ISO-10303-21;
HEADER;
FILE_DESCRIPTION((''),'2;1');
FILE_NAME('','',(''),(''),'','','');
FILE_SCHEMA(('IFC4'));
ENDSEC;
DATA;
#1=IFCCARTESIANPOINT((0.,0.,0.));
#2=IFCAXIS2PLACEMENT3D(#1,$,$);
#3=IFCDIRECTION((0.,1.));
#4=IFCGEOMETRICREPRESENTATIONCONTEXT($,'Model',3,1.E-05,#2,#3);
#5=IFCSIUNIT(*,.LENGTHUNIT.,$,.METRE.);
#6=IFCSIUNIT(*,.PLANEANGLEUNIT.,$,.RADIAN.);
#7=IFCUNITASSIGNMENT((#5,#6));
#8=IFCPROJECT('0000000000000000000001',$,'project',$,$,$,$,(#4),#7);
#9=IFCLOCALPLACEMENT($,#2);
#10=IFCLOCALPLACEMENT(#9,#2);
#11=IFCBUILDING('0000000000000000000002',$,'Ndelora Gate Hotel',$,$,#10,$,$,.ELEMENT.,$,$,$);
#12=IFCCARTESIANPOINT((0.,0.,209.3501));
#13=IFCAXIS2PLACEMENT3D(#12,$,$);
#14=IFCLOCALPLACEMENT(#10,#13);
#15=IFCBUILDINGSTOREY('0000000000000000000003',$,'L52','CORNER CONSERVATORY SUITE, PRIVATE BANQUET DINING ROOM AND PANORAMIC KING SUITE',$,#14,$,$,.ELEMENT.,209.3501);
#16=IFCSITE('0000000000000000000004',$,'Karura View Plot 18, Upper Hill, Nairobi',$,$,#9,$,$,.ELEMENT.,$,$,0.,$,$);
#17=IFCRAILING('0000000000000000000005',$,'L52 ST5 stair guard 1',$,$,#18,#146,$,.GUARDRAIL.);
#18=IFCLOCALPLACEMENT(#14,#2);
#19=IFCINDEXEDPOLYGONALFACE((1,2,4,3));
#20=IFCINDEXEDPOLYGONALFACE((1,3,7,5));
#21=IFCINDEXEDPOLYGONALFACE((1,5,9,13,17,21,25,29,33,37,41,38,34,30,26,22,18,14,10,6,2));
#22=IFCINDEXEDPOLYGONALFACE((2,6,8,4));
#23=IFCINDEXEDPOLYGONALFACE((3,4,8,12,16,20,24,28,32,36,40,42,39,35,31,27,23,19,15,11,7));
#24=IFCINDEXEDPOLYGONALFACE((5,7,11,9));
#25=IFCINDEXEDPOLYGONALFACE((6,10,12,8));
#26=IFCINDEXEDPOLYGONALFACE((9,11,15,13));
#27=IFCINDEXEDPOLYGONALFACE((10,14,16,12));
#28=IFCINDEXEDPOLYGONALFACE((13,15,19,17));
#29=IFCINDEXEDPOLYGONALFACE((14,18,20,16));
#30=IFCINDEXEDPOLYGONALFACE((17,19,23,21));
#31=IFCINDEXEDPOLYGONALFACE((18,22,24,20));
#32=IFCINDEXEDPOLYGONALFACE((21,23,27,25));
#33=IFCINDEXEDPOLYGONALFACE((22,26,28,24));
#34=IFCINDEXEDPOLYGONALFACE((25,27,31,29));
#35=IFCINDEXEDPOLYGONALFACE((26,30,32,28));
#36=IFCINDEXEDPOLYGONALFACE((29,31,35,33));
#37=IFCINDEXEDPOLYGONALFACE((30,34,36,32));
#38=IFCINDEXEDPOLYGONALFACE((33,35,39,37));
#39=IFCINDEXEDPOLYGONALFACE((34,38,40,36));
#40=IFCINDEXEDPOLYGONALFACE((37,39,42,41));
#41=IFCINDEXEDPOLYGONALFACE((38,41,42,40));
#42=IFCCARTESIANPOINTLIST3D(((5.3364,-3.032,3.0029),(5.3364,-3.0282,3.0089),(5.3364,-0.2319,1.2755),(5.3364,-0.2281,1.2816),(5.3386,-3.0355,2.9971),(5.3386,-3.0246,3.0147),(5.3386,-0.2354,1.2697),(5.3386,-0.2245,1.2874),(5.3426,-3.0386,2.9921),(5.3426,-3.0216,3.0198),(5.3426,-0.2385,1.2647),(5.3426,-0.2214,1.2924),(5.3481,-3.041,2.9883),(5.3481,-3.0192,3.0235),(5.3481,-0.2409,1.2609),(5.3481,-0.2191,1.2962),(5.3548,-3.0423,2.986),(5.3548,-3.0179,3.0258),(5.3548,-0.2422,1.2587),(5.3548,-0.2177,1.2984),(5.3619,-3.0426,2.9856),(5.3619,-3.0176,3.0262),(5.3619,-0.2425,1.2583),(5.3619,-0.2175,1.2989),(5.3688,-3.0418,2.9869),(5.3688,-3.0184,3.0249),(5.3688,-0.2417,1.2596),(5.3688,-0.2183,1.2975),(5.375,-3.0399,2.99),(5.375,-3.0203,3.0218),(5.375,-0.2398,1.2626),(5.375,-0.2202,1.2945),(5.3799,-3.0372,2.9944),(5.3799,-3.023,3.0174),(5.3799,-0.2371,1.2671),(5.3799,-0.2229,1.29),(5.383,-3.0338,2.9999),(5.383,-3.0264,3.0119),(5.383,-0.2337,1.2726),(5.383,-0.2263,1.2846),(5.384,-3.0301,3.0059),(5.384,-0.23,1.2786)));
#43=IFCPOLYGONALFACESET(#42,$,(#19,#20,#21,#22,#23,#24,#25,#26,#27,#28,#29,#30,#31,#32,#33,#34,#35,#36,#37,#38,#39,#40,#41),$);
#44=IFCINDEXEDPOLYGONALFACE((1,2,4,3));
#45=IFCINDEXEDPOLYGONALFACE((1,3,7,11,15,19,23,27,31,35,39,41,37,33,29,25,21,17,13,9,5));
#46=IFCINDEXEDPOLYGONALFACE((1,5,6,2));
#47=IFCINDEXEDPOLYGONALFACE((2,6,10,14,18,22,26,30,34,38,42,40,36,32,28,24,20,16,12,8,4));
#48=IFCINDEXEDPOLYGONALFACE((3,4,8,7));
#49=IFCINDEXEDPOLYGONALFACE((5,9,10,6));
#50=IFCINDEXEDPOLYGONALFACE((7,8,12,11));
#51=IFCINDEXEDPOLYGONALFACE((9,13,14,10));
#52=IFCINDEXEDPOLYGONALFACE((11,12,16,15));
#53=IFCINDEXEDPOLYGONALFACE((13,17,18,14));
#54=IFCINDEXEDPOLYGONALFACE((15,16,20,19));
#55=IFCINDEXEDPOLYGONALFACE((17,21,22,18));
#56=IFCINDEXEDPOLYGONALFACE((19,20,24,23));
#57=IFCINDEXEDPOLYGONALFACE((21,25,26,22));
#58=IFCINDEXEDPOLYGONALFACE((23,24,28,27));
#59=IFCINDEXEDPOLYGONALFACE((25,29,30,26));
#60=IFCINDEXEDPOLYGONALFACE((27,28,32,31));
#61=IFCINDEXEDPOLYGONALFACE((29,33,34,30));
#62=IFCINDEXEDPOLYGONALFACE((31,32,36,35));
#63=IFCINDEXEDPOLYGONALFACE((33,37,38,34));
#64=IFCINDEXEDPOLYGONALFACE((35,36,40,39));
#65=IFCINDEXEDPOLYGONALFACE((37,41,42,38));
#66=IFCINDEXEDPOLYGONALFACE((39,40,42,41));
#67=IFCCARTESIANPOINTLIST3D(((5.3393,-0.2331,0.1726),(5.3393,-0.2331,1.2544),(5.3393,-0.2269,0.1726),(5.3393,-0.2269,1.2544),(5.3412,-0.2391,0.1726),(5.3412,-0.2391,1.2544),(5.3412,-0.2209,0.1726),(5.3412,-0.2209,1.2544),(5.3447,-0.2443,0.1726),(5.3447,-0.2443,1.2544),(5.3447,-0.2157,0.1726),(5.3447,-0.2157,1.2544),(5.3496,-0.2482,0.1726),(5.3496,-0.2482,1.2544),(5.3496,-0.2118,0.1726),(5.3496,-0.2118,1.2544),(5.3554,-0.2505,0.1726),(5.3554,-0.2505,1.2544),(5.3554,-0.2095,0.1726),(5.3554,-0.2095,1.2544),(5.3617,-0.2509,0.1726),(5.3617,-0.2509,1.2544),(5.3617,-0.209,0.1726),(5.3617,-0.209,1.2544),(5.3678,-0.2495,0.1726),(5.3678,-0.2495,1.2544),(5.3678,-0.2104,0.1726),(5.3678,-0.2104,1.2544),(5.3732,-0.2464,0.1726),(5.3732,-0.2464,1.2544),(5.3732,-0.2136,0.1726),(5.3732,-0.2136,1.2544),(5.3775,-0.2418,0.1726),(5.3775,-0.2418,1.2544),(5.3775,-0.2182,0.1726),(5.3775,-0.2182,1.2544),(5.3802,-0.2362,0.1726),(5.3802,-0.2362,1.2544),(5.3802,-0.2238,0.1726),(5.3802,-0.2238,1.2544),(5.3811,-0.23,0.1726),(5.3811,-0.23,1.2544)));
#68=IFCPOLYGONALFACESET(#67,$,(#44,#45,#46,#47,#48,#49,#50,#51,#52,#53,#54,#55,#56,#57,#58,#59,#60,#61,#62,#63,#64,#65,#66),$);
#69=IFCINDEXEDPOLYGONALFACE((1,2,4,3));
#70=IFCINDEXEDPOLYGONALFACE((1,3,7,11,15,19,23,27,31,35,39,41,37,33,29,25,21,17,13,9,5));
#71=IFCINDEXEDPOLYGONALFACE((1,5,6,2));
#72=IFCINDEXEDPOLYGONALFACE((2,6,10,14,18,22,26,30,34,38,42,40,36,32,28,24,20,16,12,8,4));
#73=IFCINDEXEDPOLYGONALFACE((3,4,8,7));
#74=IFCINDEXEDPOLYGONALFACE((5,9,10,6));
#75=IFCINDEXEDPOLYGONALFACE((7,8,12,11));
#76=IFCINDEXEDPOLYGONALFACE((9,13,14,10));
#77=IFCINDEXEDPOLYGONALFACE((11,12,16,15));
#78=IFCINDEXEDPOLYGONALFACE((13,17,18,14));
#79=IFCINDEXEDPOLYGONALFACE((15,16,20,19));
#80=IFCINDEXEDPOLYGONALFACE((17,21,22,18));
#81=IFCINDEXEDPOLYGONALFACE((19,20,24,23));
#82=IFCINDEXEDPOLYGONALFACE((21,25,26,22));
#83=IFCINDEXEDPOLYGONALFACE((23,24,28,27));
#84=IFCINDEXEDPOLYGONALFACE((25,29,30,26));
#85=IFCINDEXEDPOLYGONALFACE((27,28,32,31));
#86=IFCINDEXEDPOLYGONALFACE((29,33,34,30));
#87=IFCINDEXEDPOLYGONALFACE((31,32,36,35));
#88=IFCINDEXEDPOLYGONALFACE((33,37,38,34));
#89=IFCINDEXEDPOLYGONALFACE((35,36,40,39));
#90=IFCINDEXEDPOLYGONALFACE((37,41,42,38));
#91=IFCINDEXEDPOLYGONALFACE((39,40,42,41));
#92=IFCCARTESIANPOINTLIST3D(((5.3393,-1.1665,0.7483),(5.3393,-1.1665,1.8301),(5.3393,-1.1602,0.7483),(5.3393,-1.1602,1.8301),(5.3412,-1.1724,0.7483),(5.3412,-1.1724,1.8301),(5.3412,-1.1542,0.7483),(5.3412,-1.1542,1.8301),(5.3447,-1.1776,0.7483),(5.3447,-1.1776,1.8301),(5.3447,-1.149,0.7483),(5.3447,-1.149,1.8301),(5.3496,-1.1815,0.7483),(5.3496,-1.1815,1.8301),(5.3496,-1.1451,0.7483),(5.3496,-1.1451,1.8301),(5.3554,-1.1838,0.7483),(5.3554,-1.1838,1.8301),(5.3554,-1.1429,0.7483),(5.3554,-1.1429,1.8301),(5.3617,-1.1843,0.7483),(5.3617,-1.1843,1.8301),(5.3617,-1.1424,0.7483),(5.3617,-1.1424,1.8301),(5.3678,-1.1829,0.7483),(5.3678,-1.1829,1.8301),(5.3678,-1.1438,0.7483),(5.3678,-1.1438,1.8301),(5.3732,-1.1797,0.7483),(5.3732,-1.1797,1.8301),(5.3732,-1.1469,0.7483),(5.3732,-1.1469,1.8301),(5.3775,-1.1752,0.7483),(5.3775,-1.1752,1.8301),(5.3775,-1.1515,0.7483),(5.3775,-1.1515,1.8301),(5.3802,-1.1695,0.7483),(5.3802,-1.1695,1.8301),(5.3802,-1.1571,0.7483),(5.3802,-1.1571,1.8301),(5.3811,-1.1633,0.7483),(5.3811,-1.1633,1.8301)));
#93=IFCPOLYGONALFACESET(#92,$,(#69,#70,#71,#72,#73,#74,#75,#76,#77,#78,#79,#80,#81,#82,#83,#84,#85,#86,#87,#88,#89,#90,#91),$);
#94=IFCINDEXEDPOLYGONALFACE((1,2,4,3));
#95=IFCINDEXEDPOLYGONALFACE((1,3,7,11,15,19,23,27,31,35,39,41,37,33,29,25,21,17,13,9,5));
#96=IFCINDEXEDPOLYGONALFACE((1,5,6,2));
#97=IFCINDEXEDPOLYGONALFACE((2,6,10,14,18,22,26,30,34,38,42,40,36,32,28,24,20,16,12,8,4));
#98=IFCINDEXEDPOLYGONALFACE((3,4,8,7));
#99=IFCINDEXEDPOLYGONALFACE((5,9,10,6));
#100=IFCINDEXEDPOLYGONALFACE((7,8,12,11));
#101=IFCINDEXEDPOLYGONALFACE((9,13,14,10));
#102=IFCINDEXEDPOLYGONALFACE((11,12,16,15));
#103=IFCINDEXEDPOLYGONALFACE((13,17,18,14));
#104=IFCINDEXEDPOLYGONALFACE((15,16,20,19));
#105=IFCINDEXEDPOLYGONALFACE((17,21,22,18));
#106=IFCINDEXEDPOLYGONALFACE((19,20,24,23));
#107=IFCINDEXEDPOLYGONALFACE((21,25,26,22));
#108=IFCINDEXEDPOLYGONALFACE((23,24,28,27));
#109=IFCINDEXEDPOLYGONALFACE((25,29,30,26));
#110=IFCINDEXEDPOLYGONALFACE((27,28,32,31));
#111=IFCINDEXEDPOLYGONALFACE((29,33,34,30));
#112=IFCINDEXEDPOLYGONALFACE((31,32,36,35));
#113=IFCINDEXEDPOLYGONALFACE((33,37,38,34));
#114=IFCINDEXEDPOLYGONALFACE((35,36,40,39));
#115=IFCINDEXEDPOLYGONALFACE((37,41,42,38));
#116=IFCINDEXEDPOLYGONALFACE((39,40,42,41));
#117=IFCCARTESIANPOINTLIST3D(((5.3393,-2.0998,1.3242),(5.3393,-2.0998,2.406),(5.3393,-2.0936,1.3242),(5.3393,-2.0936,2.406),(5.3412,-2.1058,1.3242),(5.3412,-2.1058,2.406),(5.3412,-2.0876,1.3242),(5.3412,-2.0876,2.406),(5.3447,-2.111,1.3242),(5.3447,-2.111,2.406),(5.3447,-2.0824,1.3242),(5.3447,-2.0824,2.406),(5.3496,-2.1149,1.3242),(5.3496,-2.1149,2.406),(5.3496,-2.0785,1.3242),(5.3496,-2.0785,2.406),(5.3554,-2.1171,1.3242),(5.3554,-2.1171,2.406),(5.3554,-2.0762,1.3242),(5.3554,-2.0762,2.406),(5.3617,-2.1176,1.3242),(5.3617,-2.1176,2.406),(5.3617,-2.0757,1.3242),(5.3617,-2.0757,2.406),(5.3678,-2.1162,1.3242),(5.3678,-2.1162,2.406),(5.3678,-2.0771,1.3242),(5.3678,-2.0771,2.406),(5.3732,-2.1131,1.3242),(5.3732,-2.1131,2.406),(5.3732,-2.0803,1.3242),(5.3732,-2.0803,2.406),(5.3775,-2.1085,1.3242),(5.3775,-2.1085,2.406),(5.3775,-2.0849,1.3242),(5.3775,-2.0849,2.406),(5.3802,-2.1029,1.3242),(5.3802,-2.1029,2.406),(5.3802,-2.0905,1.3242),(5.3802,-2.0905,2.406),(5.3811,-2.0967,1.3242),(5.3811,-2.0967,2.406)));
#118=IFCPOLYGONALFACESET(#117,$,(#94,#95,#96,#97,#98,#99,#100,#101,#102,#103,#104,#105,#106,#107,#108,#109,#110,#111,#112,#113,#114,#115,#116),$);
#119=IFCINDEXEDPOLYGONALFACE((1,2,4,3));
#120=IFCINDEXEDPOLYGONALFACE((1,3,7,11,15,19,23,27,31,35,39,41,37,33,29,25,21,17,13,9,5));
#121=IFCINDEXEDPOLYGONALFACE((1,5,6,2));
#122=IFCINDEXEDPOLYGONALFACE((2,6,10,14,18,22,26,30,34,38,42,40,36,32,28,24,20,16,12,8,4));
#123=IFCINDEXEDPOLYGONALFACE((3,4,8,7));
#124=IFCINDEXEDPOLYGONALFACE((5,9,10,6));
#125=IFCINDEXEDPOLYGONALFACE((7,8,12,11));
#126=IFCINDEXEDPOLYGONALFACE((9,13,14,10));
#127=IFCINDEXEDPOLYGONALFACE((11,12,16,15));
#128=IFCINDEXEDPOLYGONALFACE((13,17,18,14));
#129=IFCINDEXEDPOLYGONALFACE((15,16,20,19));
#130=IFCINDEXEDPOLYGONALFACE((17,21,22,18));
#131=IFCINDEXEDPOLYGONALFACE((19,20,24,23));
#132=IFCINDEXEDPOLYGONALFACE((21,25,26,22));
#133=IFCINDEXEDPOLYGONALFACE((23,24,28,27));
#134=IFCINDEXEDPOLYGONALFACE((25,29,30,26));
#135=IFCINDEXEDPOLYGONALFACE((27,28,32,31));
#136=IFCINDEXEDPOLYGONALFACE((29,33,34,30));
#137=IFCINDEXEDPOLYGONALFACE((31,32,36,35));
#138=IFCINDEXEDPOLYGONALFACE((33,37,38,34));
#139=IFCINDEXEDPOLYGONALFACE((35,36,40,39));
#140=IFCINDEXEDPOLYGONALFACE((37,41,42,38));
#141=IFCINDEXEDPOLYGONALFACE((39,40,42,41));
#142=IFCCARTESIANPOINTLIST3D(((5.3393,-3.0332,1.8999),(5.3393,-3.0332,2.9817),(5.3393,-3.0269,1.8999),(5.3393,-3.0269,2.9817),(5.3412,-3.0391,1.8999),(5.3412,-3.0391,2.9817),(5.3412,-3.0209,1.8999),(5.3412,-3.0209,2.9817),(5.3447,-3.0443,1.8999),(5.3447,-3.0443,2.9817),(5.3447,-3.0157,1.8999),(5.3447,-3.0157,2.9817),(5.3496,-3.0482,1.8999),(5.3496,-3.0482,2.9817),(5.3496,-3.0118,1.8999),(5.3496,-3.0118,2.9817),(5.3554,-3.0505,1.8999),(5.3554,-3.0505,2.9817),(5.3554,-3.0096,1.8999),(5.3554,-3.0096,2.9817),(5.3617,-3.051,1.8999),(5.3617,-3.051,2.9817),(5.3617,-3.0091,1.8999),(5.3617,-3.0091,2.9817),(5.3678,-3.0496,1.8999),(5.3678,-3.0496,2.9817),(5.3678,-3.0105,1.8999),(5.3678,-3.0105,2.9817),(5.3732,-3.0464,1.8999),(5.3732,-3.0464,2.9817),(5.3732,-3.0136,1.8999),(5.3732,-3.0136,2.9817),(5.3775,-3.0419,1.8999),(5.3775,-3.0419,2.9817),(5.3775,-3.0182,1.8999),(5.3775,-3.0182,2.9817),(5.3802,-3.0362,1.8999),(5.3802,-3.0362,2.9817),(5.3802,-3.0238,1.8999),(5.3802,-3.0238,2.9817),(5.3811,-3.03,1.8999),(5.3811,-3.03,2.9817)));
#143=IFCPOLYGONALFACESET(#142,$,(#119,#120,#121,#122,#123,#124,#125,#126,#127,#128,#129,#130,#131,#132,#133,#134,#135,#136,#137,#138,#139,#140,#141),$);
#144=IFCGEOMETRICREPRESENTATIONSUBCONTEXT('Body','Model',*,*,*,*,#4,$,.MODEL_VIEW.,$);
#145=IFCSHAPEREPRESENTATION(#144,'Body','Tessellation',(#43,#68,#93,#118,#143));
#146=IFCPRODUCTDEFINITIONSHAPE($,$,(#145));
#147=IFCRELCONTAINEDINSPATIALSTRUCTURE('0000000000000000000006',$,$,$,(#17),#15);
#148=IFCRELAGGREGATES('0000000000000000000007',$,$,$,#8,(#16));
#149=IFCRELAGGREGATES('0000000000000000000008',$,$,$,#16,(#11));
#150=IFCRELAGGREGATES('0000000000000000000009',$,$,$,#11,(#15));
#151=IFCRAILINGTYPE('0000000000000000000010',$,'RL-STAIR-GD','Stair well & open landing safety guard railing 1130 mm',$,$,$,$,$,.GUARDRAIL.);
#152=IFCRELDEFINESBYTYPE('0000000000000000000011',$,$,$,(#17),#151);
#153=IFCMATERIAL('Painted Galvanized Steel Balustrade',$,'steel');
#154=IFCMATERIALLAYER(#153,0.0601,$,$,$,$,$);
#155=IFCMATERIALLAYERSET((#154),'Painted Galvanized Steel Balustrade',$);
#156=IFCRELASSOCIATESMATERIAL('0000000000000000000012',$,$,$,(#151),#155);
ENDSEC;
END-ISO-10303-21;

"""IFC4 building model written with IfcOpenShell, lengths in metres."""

from ifc_helpers import new_model, si_unit, direction, frame, origin, origin_2d, place, context, subcontext, project, spatial, circle, extrude, material, layer, layer_set, type_object, element, save


model = new_model("IFC4")

# Units and contexts
model_context = context("Model", 3, precision=1e-05, world=origin(), true_north=direction((0.0, 1.0)))
body_context = subcontext(model_context, "Body", "Model", "MODEL_VIEW")
ifc_project = project(units=[si_unit("LENGTHUNIT", "METRE"), si_unit("PLANEANGLEUNIT", "RADIAN")], contexts=[model_context])

# Site, building, storey
site_placement = place(None, origin())
site = spatial("IfcSite", under=ifc_project, at=site_placement, Name="Karura View Plot 18, Upper Hill, Nairobi", CompositionType="ELEMENT", RefElevation=0.0)
building_placement = place(site_placement, origin())
building = spatial("IfcBuilding", under=site, at=building_placement, Name="Ndelora Gate Hotel", CompositionType="ELEMENT")
storey_placement = place(building_placement, frame((0.0, 0.0, 209.3501)))
storey = spatial("IfcBuildingStorey", under=building, at=storey_placement, Name="L52", Description="CORNER CONSERVATORY SUITE, PRIVATE BANQUET DINING ROOM AND PANORAMIC KING SUITE", CompositionType="ELEMENT", Elevation=209.3501)

# Railing
ifc_material_1 = material(Name="Painted Galvanized Steel Balustrade", Category="steel")
ifc_layer_1 = layer(ifc_material_1, 0.0601)
ifc_layer_set_1 = layer_set([ifc_layer_1], Name="Painted Galvanized Steel Balustrade")
railing_type_1 = type_object("IfcRailingType", Name="RL-STAIR-GD", Description="Stair well & open landing safety guard railing 1130 mm", PredefinedType="GUARDRAIL", material=ifc_layer_set_1)
railing_1_placement = place(storey_placement, frame((5.3601, -0.23, 0.1726)))
element("IfcRailing", 1, at=railing_1_placement, inside=storey, type_object=railing_type_1, Name="L52 ST5 stair guard 1", PredefinedType="GUARDRAIL", context=body_context, shape_type="SweptSolid", body=[
    extrude(circle(Radius=0.0239, at=origin_2d()), frame((0.0, 0.0, 1.106), z_axis=(0.0, -0.85109, 0.52502), x_axis=(1.0, 0.0, 0.0)), (0.0, 0.0, 1.0), 3.29),
    extrude(circle(Radius=0.021, at=origin_2d()), origin(), (0.0, 0.0, 1.0), 1.0818),
    extrude(circle(Radius=0.021, at=origin_2d()), frame((0.0, -0.9333, 0.5757)), (0.0, 0.0, 1.0), 1.0818),
    extrude(circle(Radius=0.021, at=origin_2d()), frame((0.0, -1.8667, 1.1516)), (0.0, 0.0, 1.0), 1.0818),
    extrude(circle(Radius=0.021, at=origin_2d()), frame((0.0, -2.8, 1.7273)), (0.0, 0.0, 1.0), 1.0818),
])

save(model, "model.ifc")
